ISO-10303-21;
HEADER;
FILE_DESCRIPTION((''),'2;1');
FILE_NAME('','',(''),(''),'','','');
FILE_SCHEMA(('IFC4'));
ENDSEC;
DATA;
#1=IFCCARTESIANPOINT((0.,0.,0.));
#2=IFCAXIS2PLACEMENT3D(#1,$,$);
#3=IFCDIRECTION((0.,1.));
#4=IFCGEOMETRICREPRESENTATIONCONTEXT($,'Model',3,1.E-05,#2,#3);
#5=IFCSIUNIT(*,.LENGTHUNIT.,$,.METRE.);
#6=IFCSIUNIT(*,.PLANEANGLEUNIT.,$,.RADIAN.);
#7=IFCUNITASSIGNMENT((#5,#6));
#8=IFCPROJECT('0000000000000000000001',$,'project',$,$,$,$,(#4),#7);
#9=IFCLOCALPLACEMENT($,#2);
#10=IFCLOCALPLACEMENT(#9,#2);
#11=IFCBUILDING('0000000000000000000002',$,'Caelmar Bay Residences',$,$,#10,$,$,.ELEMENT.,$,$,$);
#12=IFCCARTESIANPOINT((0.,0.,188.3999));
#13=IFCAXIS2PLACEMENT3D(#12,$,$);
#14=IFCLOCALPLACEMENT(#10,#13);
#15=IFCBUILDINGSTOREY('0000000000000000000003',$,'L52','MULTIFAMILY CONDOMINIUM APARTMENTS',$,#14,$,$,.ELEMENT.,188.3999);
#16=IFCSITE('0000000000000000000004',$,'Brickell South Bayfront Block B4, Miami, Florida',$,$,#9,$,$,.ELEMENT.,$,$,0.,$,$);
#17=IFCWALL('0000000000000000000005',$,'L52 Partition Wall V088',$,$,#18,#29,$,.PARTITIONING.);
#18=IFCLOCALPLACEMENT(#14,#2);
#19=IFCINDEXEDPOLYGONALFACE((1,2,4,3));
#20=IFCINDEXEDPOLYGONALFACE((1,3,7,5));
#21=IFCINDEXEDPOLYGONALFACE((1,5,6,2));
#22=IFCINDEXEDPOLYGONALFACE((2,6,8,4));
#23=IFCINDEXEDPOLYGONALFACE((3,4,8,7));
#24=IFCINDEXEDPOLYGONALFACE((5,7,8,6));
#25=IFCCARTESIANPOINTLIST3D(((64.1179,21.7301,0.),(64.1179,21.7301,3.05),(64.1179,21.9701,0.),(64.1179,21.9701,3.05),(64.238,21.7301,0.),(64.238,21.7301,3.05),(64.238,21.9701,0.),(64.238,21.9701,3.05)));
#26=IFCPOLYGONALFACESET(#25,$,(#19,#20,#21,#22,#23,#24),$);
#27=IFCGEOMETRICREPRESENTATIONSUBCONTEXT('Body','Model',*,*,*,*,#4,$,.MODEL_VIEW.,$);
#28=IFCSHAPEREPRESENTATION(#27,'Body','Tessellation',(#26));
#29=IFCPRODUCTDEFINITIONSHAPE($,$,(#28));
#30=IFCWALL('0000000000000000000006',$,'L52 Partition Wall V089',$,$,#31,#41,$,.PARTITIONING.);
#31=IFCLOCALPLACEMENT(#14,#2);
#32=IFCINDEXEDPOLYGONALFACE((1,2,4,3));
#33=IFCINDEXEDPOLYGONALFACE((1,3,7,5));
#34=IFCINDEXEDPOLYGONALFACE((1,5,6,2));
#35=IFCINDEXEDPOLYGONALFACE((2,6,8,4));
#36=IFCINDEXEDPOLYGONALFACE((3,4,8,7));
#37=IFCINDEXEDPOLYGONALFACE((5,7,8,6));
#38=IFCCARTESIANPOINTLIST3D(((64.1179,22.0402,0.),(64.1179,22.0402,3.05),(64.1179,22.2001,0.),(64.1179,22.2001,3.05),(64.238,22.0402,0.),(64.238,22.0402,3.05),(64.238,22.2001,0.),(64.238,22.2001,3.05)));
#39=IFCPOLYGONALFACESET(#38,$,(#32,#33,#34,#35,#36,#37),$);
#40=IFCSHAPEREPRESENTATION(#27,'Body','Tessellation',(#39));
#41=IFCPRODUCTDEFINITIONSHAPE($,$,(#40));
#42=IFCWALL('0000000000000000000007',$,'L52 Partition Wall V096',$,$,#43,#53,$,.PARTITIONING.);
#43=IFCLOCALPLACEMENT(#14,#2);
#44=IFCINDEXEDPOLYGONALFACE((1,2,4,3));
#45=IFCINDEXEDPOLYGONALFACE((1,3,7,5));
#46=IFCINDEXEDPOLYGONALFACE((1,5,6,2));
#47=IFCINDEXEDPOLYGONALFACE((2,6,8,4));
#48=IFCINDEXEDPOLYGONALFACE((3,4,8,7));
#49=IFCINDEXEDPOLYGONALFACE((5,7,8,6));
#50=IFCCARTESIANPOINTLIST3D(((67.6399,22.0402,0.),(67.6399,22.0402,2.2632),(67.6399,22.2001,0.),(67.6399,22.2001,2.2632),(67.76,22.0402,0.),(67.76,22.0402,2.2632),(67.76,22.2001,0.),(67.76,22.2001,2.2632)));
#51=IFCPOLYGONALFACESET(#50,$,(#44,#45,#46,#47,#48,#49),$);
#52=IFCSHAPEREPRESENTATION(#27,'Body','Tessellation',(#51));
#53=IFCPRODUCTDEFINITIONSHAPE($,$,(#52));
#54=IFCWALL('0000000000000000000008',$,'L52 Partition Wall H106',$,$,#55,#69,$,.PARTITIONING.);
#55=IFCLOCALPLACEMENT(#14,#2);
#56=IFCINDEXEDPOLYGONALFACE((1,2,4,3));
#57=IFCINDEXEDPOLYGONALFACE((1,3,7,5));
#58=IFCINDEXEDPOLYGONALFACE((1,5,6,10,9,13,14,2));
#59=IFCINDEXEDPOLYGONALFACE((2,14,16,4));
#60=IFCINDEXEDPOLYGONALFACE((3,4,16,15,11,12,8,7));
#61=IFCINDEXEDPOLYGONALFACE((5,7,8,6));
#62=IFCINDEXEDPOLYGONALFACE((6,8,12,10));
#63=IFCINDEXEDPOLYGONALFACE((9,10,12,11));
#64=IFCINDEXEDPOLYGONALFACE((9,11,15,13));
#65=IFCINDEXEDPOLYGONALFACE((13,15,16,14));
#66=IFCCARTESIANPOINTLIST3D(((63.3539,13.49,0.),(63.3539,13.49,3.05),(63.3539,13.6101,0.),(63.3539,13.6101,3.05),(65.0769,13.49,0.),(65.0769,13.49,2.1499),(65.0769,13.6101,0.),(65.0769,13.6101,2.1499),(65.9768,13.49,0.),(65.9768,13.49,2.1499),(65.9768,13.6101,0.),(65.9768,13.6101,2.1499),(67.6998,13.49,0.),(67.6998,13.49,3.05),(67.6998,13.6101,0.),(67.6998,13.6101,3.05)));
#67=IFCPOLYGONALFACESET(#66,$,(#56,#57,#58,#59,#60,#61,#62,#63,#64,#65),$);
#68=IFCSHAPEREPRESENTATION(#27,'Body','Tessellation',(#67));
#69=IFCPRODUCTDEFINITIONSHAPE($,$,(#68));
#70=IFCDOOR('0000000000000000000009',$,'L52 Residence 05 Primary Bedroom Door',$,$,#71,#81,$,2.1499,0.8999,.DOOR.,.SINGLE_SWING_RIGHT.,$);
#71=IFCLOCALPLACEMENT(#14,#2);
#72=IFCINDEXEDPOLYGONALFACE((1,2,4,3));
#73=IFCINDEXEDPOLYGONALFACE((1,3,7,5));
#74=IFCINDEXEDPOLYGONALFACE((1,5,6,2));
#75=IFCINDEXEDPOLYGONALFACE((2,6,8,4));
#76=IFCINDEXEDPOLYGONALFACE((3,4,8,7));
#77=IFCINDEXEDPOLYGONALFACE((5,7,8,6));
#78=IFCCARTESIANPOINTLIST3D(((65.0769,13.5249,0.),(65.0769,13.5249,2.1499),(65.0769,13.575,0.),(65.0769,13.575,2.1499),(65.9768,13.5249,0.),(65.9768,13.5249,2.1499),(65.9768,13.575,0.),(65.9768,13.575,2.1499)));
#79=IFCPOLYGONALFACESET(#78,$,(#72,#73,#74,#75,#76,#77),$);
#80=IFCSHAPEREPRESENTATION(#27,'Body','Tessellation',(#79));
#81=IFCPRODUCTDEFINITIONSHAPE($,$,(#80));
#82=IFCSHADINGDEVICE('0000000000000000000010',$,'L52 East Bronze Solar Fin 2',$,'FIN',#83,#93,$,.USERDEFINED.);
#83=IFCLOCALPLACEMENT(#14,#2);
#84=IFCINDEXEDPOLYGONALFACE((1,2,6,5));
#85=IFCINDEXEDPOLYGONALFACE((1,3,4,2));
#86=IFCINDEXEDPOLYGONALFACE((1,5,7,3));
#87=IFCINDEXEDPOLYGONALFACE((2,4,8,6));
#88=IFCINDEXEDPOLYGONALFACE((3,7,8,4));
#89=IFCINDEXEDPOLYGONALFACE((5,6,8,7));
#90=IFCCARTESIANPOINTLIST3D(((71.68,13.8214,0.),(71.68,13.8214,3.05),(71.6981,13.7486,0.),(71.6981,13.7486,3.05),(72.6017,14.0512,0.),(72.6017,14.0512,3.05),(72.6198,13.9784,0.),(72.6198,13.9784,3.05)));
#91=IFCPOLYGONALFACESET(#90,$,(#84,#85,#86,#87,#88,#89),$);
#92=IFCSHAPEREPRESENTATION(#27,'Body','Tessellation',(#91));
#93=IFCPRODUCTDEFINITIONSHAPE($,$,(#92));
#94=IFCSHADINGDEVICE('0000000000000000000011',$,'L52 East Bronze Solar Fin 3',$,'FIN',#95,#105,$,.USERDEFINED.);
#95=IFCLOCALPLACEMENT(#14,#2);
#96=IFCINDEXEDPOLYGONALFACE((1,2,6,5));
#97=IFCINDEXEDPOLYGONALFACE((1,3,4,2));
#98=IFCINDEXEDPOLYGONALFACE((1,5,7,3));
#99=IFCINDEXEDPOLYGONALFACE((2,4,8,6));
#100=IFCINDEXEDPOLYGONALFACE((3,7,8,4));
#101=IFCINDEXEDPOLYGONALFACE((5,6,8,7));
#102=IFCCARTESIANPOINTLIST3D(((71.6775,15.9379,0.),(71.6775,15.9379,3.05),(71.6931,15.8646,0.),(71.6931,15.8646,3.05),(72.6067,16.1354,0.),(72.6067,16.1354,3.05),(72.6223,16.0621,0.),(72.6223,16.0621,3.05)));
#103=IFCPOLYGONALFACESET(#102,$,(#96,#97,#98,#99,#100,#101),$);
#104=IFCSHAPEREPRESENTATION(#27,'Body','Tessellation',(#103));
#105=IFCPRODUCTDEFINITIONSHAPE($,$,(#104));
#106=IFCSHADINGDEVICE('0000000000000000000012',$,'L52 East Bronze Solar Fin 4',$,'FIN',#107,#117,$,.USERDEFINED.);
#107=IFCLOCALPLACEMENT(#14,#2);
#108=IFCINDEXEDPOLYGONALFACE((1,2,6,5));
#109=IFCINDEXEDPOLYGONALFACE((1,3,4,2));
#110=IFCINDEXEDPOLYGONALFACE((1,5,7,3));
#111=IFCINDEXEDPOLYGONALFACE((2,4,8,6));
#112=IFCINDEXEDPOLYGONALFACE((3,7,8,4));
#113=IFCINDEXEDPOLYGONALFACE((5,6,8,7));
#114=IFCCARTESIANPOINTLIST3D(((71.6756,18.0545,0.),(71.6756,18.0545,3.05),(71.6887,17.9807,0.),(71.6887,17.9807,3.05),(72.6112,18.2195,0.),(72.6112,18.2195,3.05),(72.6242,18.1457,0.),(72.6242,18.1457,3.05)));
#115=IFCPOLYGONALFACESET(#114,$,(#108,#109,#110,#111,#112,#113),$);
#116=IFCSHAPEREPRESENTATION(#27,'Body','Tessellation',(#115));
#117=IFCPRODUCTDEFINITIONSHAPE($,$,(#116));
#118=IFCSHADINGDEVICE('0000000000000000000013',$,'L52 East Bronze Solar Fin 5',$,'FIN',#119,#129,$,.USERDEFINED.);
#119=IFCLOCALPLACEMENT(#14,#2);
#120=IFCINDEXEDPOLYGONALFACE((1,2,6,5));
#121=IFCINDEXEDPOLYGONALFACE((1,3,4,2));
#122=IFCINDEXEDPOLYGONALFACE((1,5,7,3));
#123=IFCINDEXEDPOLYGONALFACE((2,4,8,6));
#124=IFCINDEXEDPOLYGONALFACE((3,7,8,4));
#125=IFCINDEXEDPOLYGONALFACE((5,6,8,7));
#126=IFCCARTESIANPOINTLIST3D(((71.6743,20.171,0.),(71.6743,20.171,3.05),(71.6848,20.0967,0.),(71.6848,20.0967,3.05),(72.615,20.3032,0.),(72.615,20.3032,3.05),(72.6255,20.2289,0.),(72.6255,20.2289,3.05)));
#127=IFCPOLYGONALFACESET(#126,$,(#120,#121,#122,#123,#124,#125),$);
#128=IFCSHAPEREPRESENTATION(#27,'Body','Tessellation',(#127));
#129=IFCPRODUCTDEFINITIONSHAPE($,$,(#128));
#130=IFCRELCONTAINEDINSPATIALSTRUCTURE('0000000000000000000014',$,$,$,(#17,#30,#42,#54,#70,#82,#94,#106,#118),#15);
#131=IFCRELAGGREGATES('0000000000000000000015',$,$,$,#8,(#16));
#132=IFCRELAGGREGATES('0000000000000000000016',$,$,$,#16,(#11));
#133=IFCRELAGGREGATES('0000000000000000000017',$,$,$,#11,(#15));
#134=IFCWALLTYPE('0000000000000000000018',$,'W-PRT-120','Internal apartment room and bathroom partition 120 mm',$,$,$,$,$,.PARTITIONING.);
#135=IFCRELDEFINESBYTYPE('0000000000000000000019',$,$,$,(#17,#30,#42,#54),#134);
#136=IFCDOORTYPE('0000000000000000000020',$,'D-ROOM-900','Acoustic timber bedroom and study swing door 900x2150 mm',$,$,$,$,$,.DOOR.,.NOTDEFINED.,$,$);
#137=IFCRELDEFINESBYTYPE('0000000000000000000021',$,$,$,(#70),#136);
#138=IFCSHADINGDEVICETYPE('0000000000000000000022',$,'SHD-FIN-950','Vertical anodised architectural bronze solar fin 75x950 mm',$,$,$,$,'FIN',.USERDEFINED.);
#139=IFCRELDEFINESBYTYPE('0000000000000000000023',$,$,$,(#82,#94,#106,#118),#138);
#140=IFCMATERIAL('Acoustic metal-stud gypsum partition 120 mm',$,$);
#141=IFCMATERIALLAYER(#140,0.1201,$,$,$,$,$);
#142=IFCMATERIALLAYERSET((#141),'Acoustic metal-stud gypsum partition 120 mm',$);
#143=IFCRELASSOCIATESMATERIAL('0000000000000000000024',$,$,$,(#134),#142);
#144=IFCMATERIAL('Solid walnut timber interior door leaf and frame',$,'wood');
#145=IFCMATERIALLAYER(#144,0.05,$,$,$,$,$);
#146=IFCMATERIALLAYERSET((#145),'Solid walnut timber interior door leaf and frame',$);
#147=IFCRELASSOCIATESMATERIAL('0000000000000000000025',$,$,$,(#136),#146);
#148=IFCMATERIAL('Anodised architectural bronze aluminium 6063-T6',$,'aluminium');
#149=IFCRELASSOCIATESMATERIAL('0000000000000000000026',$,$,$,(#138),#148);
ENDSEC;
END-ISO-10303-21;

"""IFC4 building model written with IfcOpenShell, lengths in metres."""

from ifc_helpers import new_model, si_unit, direction, frame, frame_2d, origin, origin_2d, place, context, subcontext, project, spatial, rectangle, extrude, material, layer, layer_set, material_profile, profile_set, type_object, element, fill, save


model = new_model("IFC4")

# Units and contexts
model_context = context("Model", 3, precision=1e-05, world=origin(), true_north=direction((0.0, 1.0)))
body_context = subcontext(model_context, "Body", "Model", "MODEL_VIEW")
ifc_project = project(units=[si_unit("LENGTHUNIT", "METRE"), si_unit("PLANEANGLEUNIT", "RADIAN")], contexts=[model_context])

# Site, building, storey
site_placement = place(None, origin())
site = spatial("IfcSite", under=ifc_project, at=site_placement, Name="Brickell South Bayfront Block B4, Miami, Florida", CompositionType="ELEMENT", RefElevation=0.0)
building_placement = place(site_placement, origin())
building = spatial("IfcBuilding", under=site, at=building_placement, Name="Caelmar Bay Residences", CompositionType="ELEMENT")
storey_placement = place(building_placement, frame((0.0, 0.0, 188.3999)))
storey = spatial("IfcBuildingStorey", under=building, at=storey_placement, Name="L52", Description="MULTIFAMILY CONDOMINIUM APARTMENTS", CompositionType="ELEMENT", Elevation=188.3999)

# Walls
ifc_material_1 = material(Name="Acoustic metal-stud gypsum partition 120 mm")
ifc_layer_1 = layer(ifc_material_1, 0.1201)
ifc_layer_set_1 = layer_set([ifc_layer_1], Name="Acoustic metal-stud gypsum partition 120 mm")
wall_type = type_object("IfcWallType", Name="W-PRT-120", Description="Internal apartment room and bathroom partition 120 mm", PredefinedType="PARTITIONING", material=ifc_layer_set_1)
wall_1_placement = place(storey_placement, frame((64.178, 21.73, 0.0), z_axis=(0.0, 0.0, 1.0), x_axis=(0.0, 1.0, 0.0)))
element("IfcWall", 1, at=wall_1_placement, inside=storey, type_object=wall_type, Name="L52 Partition Wall V088", PredefinedType="PARTITIONING", context=body_context, shape_type="SweptSolid", body=[
    extrude(rectangle(XDim=0.24, YDim=0.1201, at=frame_2d((0.1201, 0.0))), origin(), (0.0, 0.0, 1.0), 3.05),
])
wall_2_placement = place(storey_placement, frame((64.178, 22.04, 0.0), z_axis=(0.0, 0.0, 1.0), x_axis=(0.0, 1.0, 0.0)))
element("IfcWall", 2, at=wall_2_placement, inside=storey, type_object=wall_type, Name="L52 Partition Wall V089", PredefinedType="PARTITIONING", context=body_context, shape_type="SweptSolid", body=[
    extrude(rectangle(XDim=0.1599, YDim=0.1201, at=frame_2d((0.0801, 0.0))), origin(), (0.0, 0.0, 1.0), 3.05),
])
wall_3_placement = place(storey_placement, frame((67.7, 22.04, 0.0), z_axis=(0.0, 0.0, 1.0), x_axis=(0.0, 1.0, 0.0)))
element("IfcWall", 3, at=wall_3_placement, inside=storey, type_object=wall_type, Name="L52 Partition Wall V096", PredefinedType="PARTITIONING", context=body_context, shape_type="SweptSolid", body=[
    extrude(rectangle(XDim=0.1599, YDim=0.1201, at=frame_2d((0.0801, 0.0))), origin(), (0.0, 0.0, 1.0), 2.2632),
])

# Wall, opening, door
wall_4_placement = place(storey_placement, frame((63.354, 13.55, 0.0), z_axis=(0.0, 0.0, 1.0), x_axis=(1.0, 0.0, 0.0)))
wall_4 = element("IfcWall", 4, at=wall_4_placement, inside=storey, type_object=wall_type, Name="L52 Partition Wall H106", PredefinedType="PARTITIONING", context=body_context, shape_type="SweptSolid", body=[
    extrude(rectangle(XDim=4.3459, YDim=0.1201, at=frame_2d((2.1729, 0.0))), origin(), (0.0, 0.0, 1.0), 3.05),
])
opening_placement = place(wall_4_placement, frame((1.7229, 0.0, 0.0)))
opening = element("IfcOpeningElement", 5, at=opening_placement, cuts=wall_4, PredefinedType="OPENING", context=body_context, shape_type="SweptSolid", body=[
    extrude(rectangle(XDim=0.8999, YDim=2.1499, at=frame_2d((0.45, 1.075))), frame((0.0, 0.0701, 0.0), z_axis=(0.0, -1.0, 0.0), x_axis=(1.0, 0.0, 0.0)), (0.0, 0.0, 1.0), 0.1401),
])
ifc_material_2 = material(Name="Solid walnut timber interior door leaf and frame", Category="wood")
ifc_layer_2 = layer(ifc_material_2, 0.05)
ifc_layer_set_2 = layer_set([ifc_layer_2], Name="Solid walnut timber interior door leaf and frame")
door_type = type_object("IfcDoorType", Name="D-ROOM-900", Description="Acoustic timber bedroom and study swing door 900x2150 mm", OperationType="NOTDEFINED", PredefinedType="DOOR", material=ifc_layer_set_2)
door_placement = place(opening_placement, origin())
door = element("IfcDoor", 6, at=door_placement, inside=storey, type_object=door_type, Name="L52 Residence 05 Primary Bedroom Door", OperationType="SINGLE_SWING_RIGHT", OverallHeight=2.1499, OverallWidth=0.8999, PredefinedType="DOOR", context=body_context, shape_type="SweptSolid", body=[
    extrude(rectangle(XDim=0.8999, YDim=2.1499, at=frame_2d((0.45, 1.075))), frame((0.0, 0.0249, 0.0), z_axis=(0.0, -1.0, 0.0), x_axis=(1.0, 0.0, 0.0)), (0.0, 0.0, 1.0), 0.05),
])
fill(opening, door)

# Shading devices
ifc_material_3 = material(Name="Anodised architectural bronze aluminium 6063-T6", Category="aluminium")
ifc_material_profile_1 = material_profile(ifc_material_3, rectangle(XDim=0.075, YDim=0.95, at=origin_2d()), Name="BRONZE-FIN-75X950")
ifc_profile_set_1 = profile_set([ifc_material_profile_1], Name="Anodised architectural bronze aluminium 6063-T6")
shading_device_type = type_object("IfcShadingDeviceType", Name="SHD-FIN-950", Description="Vertical anodised architectural bronze solar fin 75x950 mm", ElementType="FIN", PredefinedType="USERDEFINED", material=ifc_profile_set_1)
for number, where, z_axis, x_axis, name in (
    (7, (72.1499, 13.8999, 0.0), (0.0, 0.0, 1.0), (-0.241922, 0.970296, 0.0), "L52 East Bronze Solar Fin 2"),
    (8, (72.1499, 16.0, 0.0), (0.0, 0.0, 1.0), (-0.207912, 0.978148, 0.0), "L52 East Bronze Solar Fin 3"),
    (9, (72.1499, 18.1001, 0.0), (0.0, 0.0, 1.0), (-0.173648, 0.984808, 0.0), "L52 East Bronze Solar Fin 4"),
    (10, (72.1499, 20.2, 0.0), (0.0, 0.0, 1.0), (-0.139173, 0.990268, 0.0), "L52 East Bronze Solar Fin 5"),
):
    element("IfcShadingDevice", number, at=place(storey_placement, frame(where, z_axis=z_axis, x_axis=x_axis)), inside=storey, type_object=shading_device_type, Name=name, ObjectType="FIN", PredefinedType="USERDEFINED", context=body_context, shape_type="SweptSolid", body=[
        extrude(rectangle(XDim=0.075, YDim=0.95, at=origin_2d()), origin(), (0.0, 0.0, 1.0), 3.05),
    ])

save(model, "model.ifc")
